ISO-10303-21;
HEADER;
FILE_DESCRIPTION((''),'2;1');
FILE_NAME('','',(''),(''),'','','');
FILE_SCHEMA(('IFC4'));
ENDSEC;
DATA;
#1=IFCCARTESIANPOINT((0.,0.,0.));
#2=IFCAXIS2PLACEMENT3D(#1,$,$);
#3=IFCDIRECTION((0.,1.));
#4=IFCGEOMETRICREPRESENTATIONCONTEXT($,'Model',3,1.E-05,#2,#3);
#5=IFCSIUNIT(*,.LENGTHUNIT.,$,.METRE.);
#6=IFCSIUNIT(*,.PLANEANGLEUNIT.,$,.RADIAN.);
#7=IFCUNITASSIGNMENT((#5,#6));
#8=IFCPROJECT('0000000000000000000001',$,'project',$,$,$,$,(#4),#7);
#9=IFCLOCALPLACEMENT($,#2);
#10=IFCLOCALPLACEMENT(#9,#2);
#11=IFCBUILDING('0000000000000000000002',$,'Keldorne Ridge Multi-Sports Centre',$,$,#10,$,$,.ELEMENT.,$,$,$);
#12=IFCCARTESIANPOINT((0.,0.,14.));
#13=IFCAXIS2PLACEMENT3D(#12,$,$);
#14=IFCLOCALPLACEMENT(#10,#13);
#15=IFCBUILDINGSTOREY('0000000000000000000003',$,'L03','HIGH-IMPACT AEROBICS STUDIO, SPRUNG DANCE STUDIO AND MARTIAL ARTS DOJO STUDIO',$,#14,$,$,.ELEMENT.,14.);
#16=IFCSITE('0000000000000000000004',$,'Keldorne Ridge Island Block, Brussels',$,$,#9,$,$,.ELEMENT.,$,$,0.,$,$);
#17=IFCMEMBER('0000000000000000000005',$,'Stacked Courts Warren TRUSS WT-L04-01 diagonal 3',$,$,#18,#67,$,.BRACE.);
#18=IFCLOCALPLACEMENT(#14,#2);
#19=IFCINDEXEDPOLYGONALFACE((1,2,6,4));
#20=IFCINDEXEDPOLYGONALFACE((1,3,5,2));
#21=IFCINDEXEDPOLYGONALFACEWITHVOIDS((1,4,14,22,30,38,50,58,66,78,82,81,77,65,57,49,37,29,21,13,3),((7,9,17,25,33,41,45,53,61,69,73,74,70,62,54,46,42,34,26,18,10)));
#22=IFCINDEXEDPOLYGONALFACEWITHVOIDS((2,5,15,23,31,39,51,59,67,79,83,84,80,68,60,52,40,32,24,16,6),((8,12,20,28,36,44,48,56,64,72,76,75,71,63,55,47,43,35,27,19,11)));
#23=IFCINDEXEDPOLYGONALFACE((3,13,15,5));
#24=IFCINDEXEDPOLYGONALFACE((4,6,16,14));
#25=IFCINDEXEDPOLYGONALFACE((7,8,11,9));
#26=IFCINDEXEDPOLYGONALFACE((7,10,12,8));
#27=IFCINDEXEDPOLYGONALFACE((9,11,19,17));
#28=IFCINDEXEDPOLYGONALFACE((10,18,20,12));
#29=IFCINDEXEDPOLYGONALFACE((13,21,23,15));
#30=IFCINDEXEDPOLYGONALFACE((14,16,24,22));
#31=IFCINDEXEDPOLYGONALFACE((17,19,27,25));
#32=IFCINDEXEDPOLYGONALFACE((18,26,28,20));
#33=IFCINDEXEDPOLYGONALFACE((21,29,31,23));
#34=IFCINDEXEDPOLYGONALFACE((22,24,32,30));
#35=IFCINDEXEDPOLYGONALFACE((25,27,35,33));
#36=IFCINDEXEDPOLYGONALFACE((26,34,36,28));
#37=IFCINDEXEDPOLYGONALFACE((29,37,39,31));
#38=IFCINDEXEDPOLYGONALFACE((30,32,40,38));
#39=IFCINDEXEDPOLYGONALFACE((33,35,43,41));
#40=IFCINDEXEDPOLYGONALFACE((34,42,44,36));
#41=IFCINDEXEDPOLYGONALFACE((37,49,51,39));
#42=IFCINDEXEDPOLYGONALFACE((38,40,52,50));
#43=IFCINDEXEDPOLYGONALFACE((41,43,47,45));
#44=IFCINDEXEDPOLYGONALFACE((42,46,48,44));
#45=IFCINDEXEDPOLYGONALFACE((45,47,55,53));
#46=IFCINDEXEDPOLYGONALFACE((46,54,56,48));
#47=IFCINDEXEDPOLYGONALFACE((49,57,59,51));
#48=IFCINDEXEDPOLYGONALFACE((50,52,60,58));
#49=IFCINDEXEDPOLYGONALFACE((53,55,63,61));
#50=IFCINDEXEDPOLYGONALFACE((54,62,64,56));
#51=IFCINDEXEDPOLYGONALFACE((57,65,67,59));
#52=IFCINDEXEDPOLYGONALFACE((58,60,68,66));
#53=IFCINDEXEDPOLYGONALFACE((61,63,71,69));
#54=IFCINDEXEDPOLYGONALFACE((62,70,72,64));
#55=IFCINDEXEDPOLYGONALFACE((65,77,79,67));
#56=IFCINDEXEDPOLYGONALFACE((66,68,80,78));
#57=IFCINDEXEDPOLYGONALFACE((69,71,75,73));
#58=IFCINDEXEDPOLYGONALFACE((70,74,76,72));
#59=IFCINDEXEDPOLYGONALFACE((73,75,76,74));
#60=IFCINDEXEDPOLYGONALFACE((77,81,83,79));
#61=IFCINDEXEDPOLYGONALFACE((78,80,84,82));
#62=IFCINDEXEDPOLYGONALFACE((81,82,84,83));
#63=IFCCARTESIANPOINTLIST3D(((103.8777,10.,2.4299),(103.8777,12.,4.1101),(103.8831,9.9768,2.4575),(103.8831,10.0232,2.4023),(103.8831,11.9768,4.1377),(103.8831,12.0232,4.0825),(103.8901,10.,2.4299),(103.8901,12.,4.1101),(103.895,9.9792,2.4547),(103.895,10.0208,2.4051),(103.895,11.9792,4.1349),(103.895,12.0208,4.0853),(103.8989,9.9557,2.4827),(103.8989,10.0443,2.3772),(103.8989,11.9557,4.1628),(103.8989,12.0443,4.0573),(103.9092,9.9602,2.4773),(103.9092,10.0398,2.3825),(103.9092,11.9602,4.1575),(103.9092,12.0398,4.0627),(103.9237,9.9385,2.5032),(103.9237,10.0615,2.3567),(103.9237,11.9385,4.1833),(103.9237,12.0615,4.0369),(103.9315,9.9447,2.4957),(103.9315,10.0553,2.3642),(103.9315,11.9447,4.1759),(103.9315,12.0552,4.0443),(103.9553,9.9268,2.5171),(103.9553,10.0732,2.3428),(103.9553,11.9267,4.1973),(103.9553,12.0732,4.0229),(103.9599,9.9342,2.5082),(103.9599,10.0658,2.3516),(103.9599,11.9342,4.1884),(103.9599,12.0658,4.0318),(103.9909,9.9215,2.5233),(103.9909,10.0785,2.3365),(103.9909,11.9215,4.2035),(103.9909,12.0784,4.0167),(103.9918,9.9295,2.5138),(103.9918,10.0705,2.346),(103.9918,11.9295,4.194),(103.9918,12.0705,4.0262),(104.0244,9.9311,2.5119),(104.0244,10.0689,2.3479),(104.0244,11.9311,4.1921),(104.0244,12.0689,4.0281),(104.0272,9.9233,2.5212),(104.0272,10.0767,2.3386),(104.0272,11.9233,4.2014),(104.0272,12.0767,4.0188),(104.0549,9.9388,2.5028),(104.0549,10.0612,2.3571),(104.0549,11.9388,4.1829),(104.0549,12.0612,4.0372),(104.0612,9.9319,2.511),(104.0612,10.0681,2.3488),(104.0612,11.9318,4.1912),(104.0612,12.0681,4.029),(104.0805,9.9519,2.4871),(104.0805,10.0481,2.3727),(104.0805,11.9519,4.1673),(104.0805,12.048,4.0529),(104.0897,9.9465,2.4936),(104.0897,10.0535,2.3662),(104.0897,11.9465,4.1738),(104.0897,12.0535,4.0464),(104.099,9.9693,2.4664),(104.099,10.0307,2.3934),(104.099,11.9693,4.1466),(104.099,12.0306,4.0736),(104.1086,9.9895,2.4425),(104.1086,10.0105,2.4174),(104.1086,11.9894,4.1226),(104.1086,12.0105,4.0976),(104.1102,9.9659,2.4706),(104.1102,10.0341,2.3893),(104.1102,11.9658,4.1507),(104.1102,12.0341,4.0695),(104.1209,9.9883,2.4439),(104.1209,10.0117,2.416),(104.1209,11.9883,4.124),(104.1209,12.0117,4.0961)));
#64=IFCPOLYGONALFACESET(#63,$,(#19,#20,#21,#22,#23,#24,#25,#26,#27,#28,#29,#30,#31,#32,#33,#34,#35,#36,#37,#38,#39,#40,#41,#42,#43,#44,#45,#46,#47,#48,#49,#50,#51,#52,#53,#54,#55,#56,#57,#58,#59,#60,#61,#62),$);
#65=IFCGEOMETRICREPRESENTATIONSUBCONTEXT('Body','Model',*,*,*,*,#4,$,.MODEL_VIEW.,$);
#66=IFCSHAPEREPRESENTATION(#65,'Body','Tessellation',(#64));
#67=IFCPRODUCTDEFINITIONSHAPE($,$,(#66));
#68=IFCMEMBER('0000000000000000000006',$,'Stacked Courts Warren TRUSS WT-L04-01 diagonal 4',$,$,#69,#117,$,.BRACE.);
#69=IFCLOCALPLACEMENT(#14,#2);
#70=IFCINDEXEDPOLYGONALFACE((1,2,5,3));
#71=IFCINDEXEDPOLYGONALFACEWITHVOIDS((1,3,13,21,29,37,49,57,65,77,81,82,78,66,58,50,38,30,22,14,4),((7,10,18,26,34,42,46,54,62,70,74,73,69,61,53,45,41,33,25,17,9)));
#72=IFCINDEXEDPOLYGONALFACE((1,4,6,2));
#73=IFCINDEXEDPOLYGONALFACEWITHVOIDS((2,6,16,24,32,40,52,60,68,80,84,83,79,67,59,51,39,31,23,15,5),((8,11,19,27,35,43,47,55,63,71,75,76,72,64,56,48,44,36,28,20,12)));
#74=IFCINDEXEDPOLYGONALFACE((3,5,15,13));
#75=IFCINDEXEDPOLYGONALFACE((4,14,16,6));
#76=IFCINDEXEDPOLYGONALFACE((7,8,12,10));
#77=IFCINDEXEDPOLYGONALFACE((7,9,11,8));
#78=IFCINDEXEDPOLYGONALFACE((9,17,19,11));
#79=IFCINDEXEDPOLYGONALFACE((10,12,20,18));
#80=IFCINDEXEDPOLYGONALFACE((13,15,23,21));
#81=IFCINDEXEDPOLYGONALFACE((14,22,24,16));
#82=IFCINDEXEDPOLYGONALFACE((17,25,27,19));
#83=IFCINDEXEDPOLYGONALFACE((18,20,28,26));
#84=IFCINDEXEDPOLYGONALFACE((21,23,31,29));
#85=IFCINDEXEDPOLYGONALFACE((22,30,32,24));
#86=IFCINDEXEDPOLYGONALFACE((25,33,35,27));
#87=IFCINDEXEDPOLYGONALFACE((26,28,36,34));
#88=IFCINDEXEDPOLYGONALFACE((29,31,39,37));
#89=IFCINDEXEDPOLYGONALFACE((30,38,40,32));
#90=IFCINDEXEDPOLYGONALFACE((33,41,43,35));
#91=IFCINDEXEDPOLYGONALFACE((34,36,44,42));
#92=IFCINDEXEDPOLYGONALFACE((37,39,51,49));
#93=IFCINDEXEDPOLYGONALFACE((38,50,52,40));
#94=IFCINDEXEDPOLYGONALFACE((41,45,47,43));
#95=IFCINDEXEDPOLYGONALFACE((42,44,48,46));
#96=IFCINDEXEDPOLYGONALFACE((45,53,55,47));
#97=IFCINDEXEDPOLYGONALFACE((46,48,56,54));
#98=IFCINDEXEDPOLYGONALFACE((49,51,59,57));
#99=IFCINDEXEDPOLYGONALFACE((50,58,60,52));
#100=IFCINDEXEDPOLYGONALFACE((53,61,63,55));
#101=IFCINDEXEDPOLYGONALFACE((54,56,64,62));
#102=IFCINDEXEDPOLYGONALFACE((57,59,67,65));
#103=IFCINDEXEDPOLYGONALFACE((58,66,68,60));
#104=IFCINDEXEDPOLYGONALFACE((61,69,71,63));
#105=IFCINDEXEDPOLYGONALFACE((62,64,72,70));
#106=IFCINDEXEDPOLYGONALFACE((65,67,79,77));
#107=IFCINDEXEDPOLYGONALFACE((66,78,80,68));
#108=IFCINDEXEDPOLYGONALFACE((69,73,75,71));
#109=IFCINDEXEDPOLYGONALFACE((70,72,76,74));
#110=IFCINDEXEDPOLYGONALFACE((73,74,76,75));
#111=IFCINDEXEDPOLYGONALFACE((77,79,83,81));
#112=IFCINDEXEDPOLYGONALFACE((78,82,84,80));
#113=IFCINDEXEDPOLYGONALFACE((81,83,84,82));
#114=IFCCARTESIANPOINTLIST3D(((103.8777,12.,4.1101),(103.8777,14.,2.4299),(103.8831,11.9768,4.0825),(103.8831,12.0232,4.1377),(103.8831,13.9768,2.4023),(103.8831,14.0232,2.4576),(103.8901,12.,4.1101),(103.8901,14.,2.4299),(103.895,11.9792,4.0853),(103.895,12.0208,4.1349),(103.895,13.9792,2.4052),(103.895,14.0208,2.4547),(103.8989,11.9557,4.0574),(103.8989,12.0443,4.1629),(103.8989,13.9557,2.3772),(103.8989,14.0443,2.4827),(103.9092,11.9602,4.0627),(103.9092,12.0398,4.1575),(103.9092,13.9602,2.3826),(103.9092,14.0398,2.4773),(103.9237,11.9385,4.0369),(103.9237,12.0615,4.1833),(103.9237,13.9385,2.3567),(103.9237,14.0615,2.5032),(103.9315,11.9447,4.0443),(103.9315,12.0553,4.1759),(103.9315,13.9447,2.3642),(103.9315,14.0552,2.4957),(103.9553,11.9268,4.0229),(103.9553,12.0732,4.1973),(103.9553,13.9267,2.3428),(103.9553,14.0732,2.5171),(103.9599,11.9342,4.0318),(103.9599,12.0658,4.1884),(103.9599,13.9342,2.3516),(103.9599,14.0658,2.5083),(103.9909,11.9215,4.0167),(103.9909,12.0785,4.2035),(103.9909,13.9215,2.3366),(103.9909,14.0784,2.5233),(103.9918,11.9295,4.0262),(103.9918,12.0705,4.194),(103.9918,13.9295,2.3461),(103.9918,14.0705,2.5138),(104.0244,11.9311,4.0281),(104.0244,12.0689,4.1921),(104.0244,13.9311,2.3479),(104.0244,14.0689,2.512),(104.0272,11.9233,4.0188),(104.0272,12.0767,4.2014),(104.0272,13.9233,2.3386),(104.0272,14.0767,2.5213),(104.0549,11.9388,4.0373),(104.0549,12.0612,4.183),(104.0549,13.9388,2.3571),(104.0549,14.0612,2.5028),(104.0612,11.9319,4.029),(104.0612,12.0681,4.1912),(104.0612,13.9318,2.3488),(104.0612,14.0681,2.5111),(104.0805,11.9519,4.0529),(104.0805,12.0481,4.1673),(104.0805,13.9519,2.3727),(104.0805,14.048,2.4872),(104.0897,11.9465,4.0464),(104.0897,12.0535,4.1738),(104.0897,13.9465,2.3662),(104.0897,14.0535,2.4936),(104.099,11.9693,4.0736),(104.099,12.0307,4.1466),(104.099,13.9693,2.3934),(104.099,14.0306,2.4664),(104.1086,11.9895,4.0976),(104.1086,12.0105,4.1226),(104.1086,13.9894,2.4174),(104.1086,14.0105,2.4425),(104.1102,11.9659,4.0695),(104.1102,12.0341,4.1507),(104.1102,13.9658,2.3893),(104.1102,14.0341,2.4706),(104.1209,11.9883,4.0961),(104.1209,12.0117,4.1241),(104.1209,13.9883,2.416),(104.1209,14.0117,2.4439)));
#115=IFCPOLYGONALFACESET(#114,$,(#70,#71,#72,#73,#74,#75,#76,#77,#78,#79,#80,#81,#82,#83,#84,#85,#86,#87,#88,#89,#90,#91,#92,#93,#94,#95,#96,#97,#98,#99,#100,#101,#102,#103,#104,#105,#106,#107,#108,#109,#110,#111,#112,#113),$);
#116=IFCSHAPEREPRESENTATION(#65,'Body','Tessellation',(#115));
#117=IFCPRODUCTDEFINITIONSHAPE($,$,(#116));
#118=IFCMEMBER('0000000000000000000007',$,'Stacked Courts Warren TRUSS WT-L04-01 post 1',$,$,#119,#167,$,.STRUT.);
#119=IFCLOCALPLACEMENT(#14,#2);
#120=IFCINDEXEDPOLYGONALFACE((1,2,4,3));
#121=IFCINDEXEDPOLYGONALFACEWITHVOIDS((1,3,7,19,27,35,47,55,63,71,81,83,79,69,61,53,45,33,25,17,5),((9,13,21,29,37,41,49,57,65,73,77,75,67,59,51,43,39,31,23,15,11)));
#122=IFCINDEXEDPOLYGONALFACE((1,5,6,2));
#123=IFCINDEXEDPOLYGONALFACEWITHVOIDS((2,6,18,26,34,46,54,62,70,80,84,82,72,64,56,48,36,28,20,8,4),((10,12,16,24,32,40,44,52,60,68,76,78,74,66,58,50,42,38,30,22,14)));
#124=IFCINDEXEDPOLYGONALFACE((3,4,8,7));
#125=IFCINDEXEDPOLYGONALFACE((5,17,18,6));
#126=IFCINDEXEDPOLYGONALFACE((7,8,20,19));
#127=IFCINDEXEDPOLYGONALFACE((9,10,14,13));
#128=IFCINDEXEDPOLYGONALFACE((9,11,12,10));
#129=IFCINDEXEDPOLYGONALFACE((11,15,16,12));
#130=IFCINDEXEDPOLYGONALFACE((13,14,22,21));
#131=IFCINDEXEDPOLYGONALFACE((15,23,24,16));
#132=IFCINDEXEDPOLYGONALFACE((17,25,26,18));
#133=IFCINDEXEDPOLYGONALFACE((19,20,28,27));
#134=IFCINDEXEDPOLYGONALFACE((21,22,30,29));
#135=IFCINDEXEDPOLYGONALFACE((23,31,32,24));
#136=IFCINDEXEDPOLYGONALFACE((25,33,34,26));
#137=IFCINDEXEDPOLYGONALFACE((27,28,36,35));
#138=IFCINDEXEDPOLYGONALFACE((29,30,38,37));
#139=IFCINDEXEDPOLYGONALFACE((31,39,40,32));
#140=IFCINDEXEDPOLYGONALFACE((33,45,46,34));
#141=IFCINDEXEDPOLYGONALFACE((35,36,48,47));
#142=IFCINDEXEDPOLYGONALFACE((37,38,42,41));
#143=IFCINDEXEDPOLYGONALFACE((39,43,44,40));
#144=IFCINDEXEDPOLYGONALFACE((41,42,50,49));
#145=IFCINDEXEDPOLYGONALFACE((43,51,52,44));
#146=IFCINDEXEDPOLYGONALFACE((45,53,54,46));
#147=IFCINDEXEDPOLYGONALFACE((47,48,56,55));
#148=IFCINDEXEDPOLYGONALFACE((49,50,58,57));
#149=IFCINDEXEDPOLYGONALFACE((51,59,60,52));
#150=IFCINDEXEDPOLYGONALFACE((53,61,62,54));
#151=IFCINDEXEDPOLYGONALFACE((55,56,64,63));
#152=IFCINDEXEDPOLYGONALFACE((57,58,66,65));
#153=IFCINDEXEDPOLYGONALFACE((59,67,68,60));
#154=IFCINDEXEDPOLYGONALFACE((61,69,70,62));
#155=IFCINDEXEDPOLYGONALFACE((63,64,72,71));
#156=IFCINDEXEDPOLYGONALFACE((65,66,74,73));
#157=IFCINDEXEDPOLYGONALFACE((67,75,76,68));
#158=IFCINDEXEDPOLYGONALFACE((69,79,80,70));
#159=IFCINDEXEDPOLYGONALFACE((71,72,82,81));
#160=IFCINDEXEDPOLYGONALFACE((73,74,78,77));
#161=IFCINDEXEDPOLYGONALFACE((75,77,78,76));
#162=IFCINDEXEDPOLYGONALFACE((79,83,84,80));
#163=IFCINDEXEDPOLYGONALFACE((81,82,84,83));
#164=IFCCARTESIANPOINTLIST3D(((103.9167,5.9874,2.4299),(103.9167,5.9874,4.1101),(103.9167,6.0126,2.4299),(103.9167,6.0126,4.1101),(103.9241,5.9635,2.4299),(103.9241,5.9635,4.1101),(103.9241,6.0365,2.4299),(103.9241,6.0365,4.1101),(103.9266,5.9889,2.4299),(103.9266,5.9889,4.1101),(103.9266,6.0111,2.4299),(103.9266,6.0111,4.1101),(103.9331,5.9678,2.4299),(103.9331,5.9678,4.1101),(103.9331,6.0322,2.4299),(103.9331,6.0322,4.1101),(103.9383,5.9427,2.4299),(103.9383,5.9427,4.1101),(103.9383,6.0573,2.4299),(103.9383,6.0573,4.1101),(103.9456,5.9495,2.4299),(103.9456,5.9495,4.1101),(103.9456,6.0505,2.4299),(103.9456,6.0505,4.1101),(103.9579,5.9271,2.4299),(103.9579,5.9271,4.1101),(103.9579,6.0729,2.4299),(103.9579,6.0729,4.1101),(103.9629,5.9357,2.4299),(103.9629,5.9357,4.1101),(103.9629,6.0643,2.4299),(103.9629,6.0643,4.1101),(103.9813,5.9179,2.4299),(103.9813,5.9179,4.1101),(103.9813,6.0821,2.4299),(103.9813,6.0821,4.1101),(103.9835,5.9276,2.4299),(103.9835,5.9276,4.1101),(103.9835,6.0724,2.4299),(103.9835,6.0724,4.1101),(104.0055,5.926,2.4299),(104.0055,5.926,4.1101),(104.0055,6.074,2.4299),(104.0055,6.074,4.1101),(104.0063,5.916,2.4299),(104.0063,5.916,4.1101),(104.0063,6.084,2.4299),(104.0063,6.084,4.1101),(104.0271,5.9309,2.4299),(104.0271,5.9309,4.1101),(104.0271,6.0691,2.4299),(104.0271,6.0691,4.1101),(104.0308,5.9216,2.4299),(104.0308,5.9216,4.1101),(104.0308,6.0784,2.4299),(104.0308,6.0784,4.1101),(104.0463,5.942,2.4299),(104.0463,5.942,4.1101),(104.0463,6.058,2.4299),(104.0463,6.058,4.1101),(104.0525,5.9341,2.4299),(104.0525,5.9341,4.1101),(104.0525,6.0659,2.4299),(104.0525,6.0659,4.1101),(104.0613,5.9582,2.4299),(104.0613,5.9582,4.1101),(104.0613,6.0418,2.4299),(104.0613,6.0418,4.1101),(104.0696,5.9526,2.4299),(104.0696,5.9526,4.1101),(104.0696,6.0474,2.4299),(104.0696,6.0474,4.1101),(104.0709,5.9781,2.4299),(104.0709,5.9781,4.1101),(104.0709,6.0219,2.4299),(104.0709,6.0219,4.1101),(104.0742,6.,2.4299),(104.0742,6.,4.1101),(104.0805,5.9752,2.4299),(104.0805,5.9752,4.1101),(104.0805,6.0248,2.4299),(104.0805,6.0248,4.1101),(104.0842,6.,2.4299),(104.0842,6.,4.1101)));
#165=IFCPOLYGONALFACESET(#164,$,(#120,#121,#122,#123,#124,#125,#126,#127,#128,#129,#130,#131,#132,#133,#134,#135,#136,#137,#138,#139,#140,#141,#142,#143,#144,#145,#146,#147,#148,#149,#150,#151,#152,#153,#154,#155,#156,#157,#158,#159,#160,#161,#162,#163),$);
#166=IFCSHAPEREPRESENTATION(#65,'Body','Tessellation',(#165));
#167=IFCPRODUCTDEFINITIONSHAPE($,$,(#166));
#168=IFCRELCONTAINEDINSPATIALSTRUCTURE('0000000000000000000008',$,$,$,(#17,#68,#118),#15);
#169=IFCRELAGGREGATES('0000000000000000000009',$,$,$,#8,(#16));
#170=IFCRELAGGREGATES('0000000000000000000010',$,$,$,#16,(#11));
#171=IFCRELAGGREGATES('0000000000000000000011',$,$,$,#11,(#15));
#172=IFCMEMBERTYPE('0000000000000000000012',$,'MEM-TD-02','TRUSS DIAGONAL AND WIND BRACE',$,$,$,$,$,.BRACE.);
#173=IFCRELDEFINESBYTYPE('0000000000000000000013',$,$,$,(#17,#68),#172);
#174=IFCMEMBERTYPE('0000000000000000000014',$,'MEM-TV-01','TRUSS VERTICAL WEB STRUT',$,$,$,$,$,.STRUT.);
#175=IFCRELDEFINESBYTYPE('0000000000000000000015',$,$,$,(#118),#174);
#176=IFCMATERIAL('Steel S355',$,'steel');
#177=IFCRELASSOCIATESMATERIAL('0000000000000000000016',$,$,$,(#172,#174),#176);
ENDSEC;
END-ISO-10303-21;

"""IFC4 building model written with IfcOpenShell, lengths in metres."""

from ifc_helpers import new_model, si_unit, direction, frame, origin, origin_2d, place, context, subcontext, project, spatial, hollow_circle, extrude, material, material_profile, profile_set, type_object, element, save


model = new_model("IFC4")

# Units and contexts
model_context = context("Model", 3, precision=1e-05, world=origin(), true_north=direction((0.0, 1.0)))
body_context = subcontext(model_context, "Body", "Model", "MODEL_VIEW")
ifc_project = project(units=[si_unit("LENGTHUNIT", "METRE"), si_unit("PLANEANGLEUNIT", "RADIAN")], contexts=[model_context])

# Site, building, storey
site_placement = place(None, origin())
site = spatial("IfcSite", under=ifc_project, at=site_placement, Name="Keldorne Ridge Island Block, Brussels", CompositionType="ELEMENT", RefElevation=0.0)
building_placement = place(site_placement, origin())
building = spatial("IfcBuilding", under=site, at=building_placement, Name="Keldorne Ridge Multi-Sports Centre", CompositionType="ELEMENT")
storey_placement = place(building_placement, frame((0.0, 0.0, 14.0)))
storey = spatial("IfcBuildingStorey", under=building, at=storey_placement, Name="L03", Description="HIGH-IMPACT AEROBICS STUDIO, SPRUNG DANCE STUDIO AND MARTIAL ARTS DOJO STUDIO", CompositionType="ELEMENT", Elevation=14.0)

# Shared definitions
ifc_material_1 = material(Name="Steel S355", Category="steel")

# Members
ifc_material_profile_1 = material_profile(ifc_material_1, hollow_circle(Radius=0.1223, WallThickness=0.0125, at=origin_2d()), Name="CHS 244.5x12.5")
ifc_profile_set_1 = profile_set([ifc_material_profile_1], Name="Steel S355")
member_type_1 = type_object("IfcMemberType", Name="MEM-TD-02", Description="TRUSS DIAGONAL AND WIND BRACE", PredefinedType="BRACE", material=ifc_profile_set_1)
for number, where, z_axis, x_axis, name in (
    (1, (104.0, 10.0, 2.4299), (0.0, 0.765672, 0.643232), (-1.0, 0.0, 0.0), "Stacked Courts Warren TRUSS WT-L04-01 diagonal 3"),
    (2, (104.0, 12.0, 4.1101), (0.0, 0.765672, -0.643232), (-1.0, 0.0, 0.0), "Stacked Courts Warren TRUSS WT-L04-01 diagonal 4"),
):
    element("IfcMember", number, at=place(storey_placement, frame(where, z_axis=z_axis, x_axis=x_axis)), inside=storey, type_object=member_type_1, Name=name, PredefinedType="BRACE", context=body_context, shape_type="SweptSolid", body=[
        extrude(hollow_circle(Radius=0.1223, WallThickness=0.0125, at=origin_2d()), origin(), (0.0, 0.0, 1.0), 2.6121),
    ])
ifc_material_profile_2 = material_profile(ifc_material_1, hollow_circle(Radius=0.0842, WallThickness=0.01, at=origin_2d()), Name="CHS 168.3x10")
ifc_profile_set_2 = profile_set([ifc_material_profile_2], Name="Steel S355")
member_type_2 = type_object("IfcMemberType", Name="MEM-TV-01", Description="TRUSS VERTICAL WEB STRUT", PredefinedType="STRUT", material=ifc_profile_set_2)
for number, where, z_axis, x_axis, name in (
    (3, (104.0, 6.0, 2.4299), (0.0, 0.0, 1.0), (1.0, 0.0, 0.0), "Stacked Courts Warren TRUSS WT-L04-01 post 1"),
):
    element("IfcMember", number, at=place(storey_placement, frame(where, z_axis=z_axis, x_axis=x_axis)), inside=storey, type_object=member_type_2, Name=name, PredefinedType="STRUT", context=body_context, shape_type="SweptSolid", body=[
        extrude(hollow_circle(Radius=0.0842, WallThickness=0.01, at=origin_2d()), origin(), (0.0, 0.0, 1.0), 1.6802),
    ])

save(model, "model.ifc")
